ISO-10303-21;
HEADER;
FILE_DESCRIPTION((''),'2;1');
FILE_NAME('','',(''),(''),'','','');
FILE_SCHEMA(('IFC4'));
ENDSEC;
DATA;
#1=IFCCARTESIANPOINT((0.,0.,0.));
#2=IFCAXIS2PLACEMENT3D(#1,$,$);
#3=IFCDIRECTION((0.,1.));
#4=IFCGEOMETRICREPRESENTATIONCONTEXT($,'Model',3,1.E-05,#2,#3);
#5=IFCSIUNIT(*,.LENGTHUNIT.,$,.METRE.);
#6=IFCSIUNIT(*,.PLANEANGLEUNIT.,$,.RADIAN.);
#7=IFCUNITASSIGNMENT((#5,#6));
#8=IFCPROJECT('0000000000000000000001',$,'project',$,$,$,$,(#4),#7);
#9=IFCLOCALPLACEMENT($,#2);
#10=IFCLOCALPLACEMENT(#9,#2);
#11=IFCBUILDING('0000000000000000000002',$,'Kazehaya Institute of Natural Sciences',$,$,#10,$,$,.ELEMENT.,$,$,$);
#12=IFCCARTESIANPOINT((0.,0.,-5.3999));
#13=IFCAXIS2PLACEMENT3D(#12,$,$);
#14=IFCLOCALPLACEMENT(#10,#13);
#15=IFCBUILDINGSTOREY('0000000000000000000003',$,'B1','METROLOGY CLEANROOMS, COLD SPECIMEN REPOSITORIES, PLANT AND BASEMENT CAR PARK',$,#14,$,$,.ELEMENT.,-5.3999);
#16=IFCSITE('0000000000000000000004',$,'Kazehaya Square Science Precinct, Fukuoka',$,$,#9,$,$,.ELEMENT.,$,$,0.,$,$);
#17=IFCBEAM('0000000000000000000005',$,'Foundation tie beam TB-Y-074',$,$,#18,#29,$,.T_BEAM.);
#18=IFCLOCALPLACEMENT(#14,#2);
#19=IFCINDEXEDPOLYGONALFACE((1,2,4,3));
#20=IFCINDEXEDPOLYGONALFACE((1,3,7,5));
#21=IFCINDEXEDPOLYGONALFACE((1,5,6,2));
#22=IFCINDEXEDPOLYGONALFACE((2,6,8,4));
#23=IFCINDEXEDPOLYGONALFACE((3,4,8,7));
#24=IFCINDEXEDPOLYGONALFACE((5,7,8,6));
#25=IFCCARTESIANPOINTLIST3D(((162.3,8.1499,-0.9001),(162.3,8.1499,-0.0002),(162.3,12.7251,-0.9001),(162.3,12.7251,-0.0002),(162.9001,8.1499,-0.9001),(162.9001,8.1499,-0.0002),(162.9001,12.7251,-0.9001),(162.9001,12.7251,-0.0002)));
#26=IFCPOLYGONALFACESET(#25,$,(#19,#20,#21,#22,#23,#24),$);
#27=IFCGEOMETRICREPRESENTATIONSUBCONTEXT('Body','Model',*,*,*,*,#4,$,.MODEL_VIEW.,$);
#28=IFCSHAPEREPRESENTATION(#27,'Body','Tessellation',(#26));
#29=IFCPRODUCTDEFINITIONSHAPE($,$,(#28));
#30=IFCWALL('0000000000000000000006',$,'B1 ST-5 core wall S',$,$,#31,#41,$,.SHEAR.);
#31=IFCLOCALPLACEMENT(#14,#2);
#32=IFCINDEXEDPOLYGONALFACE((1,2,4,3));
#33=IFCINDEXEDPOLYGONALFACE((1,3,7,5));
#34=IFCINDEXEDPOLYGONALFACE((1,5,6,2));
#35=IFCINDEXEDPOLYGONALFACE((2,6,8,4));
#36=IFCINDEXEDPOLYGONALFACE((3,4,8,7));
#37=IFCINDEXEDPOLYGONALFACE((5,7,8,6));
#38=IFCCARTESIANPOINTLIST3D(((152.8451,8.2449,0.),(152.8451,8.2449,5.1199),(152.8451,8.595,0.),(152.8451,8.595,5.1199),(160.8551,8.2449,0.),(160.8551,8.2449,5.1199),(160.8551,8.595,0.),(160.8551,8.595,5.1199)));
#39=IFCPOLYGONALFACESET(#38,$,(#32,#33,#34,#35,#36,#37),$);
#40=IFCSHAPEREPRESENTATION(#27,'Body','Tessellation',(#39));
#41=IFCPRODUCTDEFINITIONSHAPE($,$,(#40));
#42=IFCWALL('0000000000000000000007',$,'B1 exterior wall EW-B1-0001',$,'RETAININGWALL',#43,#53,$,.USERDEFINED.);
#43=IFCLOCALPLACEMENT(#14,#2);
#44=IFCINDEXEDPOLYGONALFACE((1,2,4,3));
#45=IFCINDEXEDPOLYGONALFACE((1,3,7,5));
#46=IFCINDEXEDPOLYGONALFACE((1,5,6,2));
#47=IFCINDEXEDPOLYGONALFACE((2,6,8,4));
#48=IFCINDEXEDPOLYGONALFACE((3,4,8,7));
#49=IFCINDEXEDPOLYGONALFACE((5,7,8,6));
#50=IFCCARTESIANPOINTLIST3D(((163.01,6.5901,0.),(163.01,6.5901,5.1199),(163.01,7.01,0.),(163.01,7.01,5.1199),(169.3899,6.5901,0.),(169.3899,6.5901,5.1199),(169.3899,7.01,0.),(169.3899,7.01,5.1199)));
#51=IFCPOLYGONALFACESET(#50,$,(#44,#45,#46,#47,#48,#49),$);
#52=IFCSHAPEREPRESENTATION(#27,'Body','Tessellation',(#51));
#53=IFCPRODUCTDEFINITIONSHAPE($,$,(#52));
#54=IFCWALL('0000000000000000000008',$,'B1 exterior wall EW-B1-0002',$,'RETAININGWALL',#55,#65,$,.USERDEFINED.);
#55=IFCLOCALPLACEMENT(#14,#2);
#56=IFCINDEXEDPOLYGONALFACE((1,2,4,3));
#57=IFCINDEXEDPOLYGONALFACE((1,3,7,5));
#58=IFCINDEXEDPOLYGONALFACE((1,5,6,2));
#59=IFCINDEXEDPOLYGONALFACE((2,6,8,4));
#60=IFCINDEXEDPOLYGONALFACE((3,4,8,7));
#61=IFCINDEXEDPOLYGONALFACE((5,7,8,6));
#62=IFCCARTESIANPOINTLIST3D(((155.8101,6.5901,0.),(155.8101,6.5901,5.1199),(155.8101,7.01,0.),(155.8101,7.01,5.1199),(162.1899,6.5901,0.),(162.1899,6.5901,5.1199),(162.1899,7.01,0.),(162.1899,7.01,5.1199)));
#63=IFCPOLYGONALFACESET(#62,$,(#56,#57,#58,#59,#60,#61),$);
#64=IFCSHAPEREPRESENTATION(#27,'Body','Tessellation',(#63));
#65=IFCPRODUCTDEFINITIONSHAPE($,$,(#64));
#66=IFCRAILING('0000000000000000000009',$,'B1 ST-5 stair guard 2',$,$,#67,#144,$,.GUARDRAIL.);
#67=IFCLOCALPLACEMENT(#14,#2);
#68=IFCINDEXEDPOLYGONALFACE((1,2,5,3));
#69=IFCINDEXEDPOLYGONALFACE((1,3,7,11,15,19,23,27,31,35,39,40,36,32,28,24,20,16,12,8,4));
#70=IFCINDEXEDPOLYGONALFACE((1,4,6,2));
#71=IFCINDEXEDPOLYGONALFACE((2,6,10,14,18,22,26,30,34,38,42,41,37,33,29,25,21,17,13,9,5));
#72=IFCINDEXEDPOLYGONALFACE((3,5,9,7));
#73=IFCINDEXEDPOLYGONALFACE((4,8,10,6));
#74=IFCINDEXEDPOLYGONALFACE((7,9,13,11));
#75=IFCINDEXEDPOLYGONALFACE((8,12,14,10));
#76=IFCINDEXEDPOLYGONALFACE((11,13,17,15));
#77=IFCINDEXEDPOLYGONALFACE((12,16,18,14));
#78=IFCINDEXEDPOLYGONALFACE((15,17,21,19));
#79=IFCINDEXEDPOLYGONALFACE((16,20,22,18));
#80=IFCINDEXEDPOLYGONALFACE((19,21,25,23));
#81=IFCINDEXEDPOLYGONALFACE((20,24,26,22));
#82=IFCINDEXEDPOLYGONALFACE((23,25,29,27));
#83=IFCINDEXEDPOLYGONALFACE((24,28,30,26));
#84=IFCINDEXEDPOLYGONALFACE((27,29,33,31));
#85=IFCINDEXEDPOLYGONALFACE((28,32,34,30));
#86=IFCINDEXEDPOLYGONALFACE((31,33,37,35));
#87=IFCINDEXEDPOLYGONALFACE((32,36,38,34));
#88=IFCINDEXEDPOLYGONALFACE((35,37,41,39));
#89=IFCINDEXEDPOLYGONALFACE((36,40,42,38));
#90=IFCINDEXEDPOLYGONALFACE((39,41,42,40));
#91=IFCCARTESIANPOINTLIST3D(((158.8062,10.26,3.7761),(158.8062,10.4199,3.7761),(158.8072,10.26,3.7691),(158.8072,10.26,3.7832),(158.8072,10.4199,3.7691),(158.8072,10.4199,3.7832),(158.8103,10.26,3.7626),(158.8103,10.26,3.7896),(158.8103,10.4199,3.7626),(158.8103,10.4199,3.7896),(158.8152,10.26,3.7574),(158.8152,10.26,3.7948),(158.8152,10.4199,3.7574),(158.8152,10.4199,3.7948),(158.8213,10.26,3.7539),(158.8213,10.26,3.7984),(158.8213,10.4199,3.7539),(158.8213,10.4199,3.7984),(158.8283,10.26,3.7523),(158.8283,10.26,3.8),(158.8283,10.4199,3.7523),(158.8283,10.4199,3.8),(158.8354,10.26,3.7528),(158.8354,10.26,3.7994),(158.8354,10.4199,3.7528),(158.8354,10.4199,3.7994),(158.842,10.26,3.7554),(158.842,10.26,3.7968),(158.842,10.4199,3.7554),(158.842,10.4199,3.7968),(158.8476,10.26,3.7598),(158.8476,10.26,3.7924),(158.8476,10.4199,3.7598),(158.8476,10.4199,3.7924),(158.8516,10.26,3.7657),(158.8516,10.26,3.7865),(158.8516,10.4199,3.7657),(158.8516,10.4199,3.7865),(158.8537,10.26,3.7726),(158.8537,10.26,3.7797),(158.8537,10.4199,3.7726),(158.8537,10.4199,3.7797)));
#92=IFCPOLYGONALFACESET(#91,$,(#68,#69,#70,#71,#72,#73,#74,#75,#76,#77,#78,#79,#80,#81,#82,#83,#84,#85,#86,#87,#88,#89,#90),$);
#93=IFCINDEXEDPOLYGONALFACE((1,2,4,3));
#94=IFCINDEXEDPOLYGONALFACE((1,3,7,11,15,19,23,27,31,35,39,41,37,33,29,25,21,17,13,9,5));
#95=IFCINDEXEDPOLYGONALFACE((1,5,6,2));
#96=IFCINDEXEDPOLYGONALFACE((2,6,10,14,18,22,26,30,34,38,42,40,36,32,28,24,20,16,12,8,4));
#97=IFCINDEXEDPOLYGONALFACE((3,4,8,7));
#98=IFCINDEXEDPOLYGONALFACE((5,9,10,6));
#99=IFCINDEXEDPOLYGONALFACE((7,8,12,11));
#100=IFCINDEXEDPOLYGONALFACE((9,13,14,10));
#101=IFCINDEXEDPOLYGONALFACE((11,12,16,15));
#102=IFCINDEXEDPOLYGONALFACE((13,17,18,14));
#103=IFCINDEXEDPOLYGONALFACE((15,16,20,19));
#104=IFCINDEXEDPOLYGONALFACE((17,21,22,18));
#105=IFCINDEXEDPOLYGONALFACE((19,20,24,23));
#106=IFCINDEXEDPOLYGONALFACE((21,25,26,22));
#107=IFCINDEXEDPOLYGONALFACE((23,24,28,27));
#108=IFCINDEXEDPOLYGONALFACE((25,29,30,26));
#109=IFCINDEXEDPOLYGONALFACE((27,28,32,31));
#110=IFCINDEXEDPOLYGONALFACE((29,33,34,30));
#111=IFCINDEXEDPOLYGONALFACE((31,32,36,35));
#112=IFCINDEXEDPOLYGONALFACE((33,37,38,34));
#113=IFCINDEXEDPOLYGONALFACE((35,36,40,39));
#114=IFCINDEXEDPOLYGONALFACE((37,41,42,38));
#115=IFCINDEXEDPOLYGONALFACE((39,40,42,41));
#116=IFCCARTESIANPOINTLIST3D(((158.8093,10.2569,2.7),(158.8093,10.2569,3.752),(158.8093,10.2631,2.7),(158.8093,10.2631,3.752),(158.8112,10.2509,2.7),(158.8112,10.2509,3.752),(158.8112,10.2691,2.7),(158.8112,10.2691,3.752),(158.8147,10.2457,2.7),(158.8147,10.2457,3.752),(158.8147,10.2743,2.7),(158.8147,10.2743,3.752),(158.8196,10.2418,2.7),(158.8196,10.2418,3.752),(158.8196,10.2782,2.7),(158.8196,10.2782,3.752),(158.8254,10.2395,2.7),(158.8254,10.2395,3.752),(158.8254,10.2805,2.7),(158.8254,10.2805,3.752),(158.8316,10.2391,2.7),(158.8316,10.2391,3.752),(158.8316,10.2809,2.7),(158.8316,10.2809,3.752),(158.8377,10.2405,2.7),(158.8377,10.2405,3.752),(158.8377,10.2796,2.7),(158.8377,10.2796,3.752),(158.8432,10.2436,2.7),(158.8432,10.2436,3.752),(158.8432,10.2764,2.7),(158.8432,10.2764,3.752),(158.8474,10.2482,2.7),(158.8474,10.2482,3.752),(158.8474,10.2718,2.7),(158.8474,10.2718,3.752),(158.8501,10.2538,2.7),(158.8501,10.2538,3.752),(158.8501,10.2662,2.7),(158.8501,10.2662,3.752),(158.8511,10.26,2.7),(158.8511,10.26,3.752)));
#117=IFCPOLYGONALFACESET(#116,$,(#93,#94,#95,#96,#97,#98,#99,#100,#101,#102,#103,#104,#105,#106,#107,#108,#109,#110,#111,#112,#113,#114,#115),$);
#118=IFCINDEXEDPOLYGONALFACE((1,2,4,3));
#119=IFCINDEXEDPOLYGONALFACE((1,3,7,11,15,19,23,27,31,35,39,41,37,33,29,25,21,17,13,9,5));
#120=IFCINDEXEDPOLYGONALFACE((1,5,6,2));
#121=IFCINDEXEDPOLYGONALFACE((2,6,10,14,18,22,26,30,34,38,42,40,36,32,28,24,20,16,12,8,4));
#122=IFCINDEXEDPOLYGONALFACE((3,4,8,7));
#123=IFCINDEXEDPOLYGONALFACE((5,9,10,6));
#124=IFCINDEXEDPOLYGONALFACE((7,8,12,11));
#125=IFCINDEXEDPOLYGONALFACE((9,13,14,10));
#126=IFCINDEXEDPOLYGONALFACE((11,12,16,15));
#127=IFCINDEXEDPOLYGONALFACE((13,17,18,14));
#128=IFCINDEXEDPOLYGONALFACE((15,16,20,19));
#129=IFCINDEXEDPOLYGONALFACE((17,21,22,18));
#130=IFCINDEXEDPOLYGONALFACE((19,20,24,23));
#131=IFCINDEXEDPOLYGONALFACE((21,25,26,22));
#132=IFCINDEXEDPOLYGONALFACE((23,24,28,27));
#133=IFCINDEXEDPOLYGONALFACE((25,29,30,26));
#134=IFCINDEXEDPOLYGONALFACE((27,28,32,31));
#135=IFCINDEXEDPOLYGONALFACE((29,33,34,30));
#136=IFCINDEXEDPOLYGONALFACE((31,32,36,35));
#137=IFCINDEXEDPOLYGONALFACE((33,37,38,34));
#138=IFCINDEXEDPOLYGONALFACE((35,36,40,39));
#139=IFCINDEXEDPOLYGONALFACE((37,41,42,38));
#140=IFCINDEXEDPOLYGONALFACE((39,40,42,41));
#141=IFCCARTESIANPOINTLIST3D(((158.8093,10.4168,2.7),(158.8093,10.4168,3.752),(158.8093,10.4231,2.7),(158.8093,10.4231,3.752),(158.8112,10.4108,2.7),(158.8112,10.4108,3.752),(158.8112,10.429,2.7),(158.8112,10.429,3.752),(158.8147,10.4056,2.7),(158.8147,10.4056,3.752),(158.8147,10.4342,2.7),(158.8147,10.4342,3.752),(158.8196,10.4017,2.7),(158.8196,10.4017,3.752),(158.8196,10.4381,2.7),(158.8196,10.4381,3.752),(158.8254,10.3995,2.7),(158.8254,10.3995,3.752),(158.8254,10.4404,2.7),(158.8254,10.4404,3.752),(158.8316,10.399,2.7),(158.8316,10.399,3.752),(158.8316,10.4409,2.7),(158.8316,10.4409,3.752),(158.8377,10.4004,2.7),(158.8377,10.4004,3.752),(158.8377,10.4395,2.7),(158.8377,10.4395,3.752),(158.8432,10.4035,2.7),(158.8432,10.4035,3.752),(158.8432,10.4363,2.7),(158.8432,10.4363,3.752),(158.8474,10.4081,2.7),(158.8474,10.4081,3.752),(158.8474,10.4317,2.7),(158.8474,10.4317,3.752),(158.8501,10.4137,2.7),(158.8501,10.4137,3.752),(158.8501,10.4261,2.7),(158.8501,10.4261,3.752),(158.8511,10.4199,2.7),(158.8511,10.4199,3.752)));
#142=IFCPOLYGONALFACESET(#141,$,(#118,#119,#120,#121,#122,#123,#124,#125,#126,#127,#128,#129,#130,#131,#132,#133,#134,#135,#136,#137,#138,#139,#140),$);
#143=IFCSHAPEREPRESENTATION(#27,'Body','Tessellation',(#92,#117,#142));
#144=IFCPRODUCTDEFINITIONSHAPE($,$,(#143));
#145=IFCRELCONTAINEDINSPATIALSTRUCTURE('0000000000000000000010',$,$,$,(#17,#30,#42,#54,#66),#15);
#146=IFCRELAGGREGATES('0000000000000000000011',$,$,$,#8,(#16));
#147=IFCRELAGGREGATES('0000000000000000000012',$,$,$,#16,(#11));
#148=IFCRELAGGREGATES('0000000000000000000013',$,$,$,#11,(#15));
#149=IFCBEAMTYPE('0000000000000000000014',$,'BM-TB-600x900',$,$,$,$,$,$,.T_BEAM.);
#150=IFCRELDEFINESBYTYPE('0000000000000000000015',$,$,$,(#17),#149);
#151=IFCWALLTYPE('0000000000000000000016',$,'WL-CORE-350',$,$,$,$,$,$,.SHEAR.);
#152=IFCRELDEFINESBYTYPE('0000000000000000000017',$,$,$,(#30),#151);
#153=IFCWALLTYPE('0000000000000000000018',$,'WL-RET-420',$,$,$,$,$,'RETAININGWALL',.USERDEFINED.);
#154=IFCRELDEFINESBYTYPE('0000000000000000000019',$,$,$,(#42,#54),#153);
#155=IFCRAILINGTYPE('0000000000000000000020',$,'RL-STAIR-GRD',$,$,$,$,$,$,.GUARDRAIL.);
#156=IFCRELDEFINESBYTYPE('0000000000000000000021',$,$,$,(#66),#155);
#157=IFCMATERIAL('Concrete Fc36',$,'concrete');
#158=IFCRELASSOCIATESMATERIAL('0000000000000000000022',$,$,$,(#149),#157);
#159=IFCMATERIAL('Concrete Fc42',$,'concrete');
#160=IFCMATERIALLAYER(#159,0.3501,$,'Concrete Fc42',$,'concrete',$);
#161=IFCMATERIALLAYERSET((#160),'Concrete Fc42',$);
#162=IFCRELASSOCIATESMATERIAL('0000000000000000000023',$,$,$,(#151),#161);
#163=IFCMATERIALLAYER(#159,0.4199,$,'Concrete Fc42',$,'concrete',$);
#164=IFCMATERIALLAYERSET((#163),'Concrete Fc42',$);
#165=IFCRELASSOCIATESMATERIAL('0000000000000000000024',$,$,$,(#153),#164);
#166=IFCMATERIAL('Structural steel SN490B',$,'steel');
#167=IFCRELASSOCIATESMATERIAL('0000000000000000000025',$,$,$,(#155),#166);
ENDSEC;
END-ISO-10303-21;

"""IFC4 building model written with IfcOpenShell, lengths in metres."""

from ifc_helpers import new_model, si_unit, direction, frame, frame_2d, origin, origin_2d, place, context, subcontext, project, spatial, rectangle, circle, extrude, material, layer, layer_set, material_profile, profile_set, type_object, element, save


model = new_model("IFC4")

# Units and contexts
model_context = context("Model", 3, precision=1e-05, world=origin(), true_north=direction((0.0, 1.0)))
body_context = subcontext(model_context, "Body", "Model", "MODEL_VIEW")
ifc_project = project(units=[si_unit("LENGTHUNIT", "METRE"), si_unit("PLANEANGLEUNIT", "RADIAN")], contexts=[model_context])

# Site, building, storey
site_placement = place(None, origin())
site = spatial("IfcSite", under=ifc_project, at=site_placement, Name="Kazehaya Square Science Precinct, Fukuoka", CompositionType="ELEMENT", RefElevation=0.0)
building_placement = place(site_placement, origin())
building = spatial("IfcBuilding", under=site, at=building_placement, Name="Kazehaya Institute of Natural Sciences", CompositionType="ELEMENT")
storey_placement = place(building_placement, frame((0.0, 0.0, -5.3999)))
storey = spatial("IfcBuildingStorey", under=building, at=storey_placement, Name="B1", Description="METROLOGY CLEANROOMS, COLD SPECIMEN REPOSITORIES, PLANT AND BASEMENT CAR PARK", CompositionType="ELEMENT", Elevation=-5.3999)

# Shared definitions
ifc_material_1 = material(Name="Concrete Fc36", Category="concrete")

# Shared definitions
ifc_material_2 = material(Name="Concrete Fc42", Category="concrete")

# Beam
ifc_material_profile_1 = material_profile(ifc_material_1, rectangle(XDim=0.6001, YDim=0.8999, at=origin_2d()), Name="RC-600x900")
ifc_profile_set_1 = profile_set([ifc_material_profile_1], Name="Concrete Fc36")
beam_type_1 = type_object("IfcBeamType", Name="BM-TB-600x900", PredefinedType="T_BEAM", material=ifc_profile_set_1)
beam_1_placement = place(storey_placement, frame((162.6001, 8.1499, -0.4502), z_axis=(0.0, 1.0, 0.0), x_axis=(-1.0, 0.0, 0.0)))
element("IfcBeam", 1, at=beam_1_placement, inside=storey, type_object=beam_type_1, Name="Foundation tie beam TB-Y-074", PredefinedType="T_BEAM", context=body_context, shape_type="SweptSolid", body=[
    extrude(rectangle(XDim=0.6001, YDim=0.8999, at=origin_2d()), origin(), (0.0, 0.0, 1.0), 4.5752),
])

# Walls
ifc_layer_1 = layer(ifc_material_2, 0.3501, Name="Concrete Fc42", Category="concrete")
ifc_layer_set_1 = layer_set([ifc_layer_1], Name="Concrete Fc42")
wall_type_1 = type_object("IfcWallType", Name="WL-CORE-350", PredefinedType="SHEAR", material=ifc_layer_set_1)
wall_placement = place(storey_placement, frame((160.855, 8.4199, 0.0), z_axis=(0.0, 0.0, 1.0), x_axis=(-1.0, 0.0, 0.0)))
element("IfcWall", 2, at=wall_placement, inside=storey, type_object=wall_type_1, Name="B1 ST-5 core wall S", PredefinedType="SHEAR", context=body_context, shape_type="SweptSolid", body=[
    extrude(rectangle(XDim=8.01, YDim=0.3501, at=frame_2d((4.0049, 0.0))), origin(), (0.0, 0.0, 1.0), 5.1199),
])
ifc_layer_2 = layer(ifc_material_2, 0.4199, Name="Concrete Fc42", Category="concrete")
ifc_layer_set_2 = layer_set([ifc_layer_2], Name="Concrete Fc42")
wall_type_2 = type_object("IfcWallType", Name="WL-RET-420", ElementType="RETAININGWALL", PredefinedType="USERDEFINED", material=ifc_layer_set_2)
for number, where, z_axis, x_axis, name in (
    (3, (169.3899, 6.8, 0.0), (0.0, 0.0, 1.0), (-1.0, 0.0, 0.0), "B1 exterior wall EW-B1-0001"),
    (4, (162.1899, 6.8, 0.0), (0.0, 0.0, 1.0), (-1.0, 0.0, 0.0), "B1 exterior wall EW-B1-0002"),
):
    element("IfcWall", number, at=place(storey_placement, frame(where, z_axis=z_axis, x_axis=x_axis)), inside=storey, type_object=wall_type_2, Name=name, ObjectType="RETAININGWALL", PredefinedType="USERDEFINED", context=body_context, shape_type="SweptSolid", body=[
        extrude(rectangle(XDim=6.3799, YDim=0.4199, at=frame_2d((3.1899, 0.0))), origin(), (0.0, 0.0, 1.0), 5.1199),
    ])

# Railing
ifc_material_3 = material(Name="Structural steel SN490B", Category="steel")
railing_type_1 = type_object("IfcRailingType", Name="RL-STAIR-GRD", PredefinedType="GUARDRAIL", material=ifc_material_3)
railing_1_placement = place(storey_placement, frame((158.8301, 10.26, 2.7)))
element("IfcRailing", 5, at=railing_1_placement, inside=storey, type_object=railing_type_1, Name="B1 ST-5 stair guard 2", PredefinedType="GUARDRAIL", context=body_context, shape_type="SweptSolid", body=[
    extrude(circle(Radius=0.0239, at=origin_2d()), frame((0.0, 0.0, 1.0762), z_axis=(0.0, 1.0, 0.0), x_axis=(-1.0, 0.0, 0.0)), (0.0, 0.0, 1.0), 0.1599),
    extrude(circle(Radius=0.021, at=origin_2d()), origin(), (0.0, 0.0, 1.0), 1.052),
    extrude(circle(Radius=0.021, at=origin_2d()), frame((0.0, 0.1599, 0.0)), (0.0, 0.0, 1.0), 1.052),
])

save(model, "model.ifc")
